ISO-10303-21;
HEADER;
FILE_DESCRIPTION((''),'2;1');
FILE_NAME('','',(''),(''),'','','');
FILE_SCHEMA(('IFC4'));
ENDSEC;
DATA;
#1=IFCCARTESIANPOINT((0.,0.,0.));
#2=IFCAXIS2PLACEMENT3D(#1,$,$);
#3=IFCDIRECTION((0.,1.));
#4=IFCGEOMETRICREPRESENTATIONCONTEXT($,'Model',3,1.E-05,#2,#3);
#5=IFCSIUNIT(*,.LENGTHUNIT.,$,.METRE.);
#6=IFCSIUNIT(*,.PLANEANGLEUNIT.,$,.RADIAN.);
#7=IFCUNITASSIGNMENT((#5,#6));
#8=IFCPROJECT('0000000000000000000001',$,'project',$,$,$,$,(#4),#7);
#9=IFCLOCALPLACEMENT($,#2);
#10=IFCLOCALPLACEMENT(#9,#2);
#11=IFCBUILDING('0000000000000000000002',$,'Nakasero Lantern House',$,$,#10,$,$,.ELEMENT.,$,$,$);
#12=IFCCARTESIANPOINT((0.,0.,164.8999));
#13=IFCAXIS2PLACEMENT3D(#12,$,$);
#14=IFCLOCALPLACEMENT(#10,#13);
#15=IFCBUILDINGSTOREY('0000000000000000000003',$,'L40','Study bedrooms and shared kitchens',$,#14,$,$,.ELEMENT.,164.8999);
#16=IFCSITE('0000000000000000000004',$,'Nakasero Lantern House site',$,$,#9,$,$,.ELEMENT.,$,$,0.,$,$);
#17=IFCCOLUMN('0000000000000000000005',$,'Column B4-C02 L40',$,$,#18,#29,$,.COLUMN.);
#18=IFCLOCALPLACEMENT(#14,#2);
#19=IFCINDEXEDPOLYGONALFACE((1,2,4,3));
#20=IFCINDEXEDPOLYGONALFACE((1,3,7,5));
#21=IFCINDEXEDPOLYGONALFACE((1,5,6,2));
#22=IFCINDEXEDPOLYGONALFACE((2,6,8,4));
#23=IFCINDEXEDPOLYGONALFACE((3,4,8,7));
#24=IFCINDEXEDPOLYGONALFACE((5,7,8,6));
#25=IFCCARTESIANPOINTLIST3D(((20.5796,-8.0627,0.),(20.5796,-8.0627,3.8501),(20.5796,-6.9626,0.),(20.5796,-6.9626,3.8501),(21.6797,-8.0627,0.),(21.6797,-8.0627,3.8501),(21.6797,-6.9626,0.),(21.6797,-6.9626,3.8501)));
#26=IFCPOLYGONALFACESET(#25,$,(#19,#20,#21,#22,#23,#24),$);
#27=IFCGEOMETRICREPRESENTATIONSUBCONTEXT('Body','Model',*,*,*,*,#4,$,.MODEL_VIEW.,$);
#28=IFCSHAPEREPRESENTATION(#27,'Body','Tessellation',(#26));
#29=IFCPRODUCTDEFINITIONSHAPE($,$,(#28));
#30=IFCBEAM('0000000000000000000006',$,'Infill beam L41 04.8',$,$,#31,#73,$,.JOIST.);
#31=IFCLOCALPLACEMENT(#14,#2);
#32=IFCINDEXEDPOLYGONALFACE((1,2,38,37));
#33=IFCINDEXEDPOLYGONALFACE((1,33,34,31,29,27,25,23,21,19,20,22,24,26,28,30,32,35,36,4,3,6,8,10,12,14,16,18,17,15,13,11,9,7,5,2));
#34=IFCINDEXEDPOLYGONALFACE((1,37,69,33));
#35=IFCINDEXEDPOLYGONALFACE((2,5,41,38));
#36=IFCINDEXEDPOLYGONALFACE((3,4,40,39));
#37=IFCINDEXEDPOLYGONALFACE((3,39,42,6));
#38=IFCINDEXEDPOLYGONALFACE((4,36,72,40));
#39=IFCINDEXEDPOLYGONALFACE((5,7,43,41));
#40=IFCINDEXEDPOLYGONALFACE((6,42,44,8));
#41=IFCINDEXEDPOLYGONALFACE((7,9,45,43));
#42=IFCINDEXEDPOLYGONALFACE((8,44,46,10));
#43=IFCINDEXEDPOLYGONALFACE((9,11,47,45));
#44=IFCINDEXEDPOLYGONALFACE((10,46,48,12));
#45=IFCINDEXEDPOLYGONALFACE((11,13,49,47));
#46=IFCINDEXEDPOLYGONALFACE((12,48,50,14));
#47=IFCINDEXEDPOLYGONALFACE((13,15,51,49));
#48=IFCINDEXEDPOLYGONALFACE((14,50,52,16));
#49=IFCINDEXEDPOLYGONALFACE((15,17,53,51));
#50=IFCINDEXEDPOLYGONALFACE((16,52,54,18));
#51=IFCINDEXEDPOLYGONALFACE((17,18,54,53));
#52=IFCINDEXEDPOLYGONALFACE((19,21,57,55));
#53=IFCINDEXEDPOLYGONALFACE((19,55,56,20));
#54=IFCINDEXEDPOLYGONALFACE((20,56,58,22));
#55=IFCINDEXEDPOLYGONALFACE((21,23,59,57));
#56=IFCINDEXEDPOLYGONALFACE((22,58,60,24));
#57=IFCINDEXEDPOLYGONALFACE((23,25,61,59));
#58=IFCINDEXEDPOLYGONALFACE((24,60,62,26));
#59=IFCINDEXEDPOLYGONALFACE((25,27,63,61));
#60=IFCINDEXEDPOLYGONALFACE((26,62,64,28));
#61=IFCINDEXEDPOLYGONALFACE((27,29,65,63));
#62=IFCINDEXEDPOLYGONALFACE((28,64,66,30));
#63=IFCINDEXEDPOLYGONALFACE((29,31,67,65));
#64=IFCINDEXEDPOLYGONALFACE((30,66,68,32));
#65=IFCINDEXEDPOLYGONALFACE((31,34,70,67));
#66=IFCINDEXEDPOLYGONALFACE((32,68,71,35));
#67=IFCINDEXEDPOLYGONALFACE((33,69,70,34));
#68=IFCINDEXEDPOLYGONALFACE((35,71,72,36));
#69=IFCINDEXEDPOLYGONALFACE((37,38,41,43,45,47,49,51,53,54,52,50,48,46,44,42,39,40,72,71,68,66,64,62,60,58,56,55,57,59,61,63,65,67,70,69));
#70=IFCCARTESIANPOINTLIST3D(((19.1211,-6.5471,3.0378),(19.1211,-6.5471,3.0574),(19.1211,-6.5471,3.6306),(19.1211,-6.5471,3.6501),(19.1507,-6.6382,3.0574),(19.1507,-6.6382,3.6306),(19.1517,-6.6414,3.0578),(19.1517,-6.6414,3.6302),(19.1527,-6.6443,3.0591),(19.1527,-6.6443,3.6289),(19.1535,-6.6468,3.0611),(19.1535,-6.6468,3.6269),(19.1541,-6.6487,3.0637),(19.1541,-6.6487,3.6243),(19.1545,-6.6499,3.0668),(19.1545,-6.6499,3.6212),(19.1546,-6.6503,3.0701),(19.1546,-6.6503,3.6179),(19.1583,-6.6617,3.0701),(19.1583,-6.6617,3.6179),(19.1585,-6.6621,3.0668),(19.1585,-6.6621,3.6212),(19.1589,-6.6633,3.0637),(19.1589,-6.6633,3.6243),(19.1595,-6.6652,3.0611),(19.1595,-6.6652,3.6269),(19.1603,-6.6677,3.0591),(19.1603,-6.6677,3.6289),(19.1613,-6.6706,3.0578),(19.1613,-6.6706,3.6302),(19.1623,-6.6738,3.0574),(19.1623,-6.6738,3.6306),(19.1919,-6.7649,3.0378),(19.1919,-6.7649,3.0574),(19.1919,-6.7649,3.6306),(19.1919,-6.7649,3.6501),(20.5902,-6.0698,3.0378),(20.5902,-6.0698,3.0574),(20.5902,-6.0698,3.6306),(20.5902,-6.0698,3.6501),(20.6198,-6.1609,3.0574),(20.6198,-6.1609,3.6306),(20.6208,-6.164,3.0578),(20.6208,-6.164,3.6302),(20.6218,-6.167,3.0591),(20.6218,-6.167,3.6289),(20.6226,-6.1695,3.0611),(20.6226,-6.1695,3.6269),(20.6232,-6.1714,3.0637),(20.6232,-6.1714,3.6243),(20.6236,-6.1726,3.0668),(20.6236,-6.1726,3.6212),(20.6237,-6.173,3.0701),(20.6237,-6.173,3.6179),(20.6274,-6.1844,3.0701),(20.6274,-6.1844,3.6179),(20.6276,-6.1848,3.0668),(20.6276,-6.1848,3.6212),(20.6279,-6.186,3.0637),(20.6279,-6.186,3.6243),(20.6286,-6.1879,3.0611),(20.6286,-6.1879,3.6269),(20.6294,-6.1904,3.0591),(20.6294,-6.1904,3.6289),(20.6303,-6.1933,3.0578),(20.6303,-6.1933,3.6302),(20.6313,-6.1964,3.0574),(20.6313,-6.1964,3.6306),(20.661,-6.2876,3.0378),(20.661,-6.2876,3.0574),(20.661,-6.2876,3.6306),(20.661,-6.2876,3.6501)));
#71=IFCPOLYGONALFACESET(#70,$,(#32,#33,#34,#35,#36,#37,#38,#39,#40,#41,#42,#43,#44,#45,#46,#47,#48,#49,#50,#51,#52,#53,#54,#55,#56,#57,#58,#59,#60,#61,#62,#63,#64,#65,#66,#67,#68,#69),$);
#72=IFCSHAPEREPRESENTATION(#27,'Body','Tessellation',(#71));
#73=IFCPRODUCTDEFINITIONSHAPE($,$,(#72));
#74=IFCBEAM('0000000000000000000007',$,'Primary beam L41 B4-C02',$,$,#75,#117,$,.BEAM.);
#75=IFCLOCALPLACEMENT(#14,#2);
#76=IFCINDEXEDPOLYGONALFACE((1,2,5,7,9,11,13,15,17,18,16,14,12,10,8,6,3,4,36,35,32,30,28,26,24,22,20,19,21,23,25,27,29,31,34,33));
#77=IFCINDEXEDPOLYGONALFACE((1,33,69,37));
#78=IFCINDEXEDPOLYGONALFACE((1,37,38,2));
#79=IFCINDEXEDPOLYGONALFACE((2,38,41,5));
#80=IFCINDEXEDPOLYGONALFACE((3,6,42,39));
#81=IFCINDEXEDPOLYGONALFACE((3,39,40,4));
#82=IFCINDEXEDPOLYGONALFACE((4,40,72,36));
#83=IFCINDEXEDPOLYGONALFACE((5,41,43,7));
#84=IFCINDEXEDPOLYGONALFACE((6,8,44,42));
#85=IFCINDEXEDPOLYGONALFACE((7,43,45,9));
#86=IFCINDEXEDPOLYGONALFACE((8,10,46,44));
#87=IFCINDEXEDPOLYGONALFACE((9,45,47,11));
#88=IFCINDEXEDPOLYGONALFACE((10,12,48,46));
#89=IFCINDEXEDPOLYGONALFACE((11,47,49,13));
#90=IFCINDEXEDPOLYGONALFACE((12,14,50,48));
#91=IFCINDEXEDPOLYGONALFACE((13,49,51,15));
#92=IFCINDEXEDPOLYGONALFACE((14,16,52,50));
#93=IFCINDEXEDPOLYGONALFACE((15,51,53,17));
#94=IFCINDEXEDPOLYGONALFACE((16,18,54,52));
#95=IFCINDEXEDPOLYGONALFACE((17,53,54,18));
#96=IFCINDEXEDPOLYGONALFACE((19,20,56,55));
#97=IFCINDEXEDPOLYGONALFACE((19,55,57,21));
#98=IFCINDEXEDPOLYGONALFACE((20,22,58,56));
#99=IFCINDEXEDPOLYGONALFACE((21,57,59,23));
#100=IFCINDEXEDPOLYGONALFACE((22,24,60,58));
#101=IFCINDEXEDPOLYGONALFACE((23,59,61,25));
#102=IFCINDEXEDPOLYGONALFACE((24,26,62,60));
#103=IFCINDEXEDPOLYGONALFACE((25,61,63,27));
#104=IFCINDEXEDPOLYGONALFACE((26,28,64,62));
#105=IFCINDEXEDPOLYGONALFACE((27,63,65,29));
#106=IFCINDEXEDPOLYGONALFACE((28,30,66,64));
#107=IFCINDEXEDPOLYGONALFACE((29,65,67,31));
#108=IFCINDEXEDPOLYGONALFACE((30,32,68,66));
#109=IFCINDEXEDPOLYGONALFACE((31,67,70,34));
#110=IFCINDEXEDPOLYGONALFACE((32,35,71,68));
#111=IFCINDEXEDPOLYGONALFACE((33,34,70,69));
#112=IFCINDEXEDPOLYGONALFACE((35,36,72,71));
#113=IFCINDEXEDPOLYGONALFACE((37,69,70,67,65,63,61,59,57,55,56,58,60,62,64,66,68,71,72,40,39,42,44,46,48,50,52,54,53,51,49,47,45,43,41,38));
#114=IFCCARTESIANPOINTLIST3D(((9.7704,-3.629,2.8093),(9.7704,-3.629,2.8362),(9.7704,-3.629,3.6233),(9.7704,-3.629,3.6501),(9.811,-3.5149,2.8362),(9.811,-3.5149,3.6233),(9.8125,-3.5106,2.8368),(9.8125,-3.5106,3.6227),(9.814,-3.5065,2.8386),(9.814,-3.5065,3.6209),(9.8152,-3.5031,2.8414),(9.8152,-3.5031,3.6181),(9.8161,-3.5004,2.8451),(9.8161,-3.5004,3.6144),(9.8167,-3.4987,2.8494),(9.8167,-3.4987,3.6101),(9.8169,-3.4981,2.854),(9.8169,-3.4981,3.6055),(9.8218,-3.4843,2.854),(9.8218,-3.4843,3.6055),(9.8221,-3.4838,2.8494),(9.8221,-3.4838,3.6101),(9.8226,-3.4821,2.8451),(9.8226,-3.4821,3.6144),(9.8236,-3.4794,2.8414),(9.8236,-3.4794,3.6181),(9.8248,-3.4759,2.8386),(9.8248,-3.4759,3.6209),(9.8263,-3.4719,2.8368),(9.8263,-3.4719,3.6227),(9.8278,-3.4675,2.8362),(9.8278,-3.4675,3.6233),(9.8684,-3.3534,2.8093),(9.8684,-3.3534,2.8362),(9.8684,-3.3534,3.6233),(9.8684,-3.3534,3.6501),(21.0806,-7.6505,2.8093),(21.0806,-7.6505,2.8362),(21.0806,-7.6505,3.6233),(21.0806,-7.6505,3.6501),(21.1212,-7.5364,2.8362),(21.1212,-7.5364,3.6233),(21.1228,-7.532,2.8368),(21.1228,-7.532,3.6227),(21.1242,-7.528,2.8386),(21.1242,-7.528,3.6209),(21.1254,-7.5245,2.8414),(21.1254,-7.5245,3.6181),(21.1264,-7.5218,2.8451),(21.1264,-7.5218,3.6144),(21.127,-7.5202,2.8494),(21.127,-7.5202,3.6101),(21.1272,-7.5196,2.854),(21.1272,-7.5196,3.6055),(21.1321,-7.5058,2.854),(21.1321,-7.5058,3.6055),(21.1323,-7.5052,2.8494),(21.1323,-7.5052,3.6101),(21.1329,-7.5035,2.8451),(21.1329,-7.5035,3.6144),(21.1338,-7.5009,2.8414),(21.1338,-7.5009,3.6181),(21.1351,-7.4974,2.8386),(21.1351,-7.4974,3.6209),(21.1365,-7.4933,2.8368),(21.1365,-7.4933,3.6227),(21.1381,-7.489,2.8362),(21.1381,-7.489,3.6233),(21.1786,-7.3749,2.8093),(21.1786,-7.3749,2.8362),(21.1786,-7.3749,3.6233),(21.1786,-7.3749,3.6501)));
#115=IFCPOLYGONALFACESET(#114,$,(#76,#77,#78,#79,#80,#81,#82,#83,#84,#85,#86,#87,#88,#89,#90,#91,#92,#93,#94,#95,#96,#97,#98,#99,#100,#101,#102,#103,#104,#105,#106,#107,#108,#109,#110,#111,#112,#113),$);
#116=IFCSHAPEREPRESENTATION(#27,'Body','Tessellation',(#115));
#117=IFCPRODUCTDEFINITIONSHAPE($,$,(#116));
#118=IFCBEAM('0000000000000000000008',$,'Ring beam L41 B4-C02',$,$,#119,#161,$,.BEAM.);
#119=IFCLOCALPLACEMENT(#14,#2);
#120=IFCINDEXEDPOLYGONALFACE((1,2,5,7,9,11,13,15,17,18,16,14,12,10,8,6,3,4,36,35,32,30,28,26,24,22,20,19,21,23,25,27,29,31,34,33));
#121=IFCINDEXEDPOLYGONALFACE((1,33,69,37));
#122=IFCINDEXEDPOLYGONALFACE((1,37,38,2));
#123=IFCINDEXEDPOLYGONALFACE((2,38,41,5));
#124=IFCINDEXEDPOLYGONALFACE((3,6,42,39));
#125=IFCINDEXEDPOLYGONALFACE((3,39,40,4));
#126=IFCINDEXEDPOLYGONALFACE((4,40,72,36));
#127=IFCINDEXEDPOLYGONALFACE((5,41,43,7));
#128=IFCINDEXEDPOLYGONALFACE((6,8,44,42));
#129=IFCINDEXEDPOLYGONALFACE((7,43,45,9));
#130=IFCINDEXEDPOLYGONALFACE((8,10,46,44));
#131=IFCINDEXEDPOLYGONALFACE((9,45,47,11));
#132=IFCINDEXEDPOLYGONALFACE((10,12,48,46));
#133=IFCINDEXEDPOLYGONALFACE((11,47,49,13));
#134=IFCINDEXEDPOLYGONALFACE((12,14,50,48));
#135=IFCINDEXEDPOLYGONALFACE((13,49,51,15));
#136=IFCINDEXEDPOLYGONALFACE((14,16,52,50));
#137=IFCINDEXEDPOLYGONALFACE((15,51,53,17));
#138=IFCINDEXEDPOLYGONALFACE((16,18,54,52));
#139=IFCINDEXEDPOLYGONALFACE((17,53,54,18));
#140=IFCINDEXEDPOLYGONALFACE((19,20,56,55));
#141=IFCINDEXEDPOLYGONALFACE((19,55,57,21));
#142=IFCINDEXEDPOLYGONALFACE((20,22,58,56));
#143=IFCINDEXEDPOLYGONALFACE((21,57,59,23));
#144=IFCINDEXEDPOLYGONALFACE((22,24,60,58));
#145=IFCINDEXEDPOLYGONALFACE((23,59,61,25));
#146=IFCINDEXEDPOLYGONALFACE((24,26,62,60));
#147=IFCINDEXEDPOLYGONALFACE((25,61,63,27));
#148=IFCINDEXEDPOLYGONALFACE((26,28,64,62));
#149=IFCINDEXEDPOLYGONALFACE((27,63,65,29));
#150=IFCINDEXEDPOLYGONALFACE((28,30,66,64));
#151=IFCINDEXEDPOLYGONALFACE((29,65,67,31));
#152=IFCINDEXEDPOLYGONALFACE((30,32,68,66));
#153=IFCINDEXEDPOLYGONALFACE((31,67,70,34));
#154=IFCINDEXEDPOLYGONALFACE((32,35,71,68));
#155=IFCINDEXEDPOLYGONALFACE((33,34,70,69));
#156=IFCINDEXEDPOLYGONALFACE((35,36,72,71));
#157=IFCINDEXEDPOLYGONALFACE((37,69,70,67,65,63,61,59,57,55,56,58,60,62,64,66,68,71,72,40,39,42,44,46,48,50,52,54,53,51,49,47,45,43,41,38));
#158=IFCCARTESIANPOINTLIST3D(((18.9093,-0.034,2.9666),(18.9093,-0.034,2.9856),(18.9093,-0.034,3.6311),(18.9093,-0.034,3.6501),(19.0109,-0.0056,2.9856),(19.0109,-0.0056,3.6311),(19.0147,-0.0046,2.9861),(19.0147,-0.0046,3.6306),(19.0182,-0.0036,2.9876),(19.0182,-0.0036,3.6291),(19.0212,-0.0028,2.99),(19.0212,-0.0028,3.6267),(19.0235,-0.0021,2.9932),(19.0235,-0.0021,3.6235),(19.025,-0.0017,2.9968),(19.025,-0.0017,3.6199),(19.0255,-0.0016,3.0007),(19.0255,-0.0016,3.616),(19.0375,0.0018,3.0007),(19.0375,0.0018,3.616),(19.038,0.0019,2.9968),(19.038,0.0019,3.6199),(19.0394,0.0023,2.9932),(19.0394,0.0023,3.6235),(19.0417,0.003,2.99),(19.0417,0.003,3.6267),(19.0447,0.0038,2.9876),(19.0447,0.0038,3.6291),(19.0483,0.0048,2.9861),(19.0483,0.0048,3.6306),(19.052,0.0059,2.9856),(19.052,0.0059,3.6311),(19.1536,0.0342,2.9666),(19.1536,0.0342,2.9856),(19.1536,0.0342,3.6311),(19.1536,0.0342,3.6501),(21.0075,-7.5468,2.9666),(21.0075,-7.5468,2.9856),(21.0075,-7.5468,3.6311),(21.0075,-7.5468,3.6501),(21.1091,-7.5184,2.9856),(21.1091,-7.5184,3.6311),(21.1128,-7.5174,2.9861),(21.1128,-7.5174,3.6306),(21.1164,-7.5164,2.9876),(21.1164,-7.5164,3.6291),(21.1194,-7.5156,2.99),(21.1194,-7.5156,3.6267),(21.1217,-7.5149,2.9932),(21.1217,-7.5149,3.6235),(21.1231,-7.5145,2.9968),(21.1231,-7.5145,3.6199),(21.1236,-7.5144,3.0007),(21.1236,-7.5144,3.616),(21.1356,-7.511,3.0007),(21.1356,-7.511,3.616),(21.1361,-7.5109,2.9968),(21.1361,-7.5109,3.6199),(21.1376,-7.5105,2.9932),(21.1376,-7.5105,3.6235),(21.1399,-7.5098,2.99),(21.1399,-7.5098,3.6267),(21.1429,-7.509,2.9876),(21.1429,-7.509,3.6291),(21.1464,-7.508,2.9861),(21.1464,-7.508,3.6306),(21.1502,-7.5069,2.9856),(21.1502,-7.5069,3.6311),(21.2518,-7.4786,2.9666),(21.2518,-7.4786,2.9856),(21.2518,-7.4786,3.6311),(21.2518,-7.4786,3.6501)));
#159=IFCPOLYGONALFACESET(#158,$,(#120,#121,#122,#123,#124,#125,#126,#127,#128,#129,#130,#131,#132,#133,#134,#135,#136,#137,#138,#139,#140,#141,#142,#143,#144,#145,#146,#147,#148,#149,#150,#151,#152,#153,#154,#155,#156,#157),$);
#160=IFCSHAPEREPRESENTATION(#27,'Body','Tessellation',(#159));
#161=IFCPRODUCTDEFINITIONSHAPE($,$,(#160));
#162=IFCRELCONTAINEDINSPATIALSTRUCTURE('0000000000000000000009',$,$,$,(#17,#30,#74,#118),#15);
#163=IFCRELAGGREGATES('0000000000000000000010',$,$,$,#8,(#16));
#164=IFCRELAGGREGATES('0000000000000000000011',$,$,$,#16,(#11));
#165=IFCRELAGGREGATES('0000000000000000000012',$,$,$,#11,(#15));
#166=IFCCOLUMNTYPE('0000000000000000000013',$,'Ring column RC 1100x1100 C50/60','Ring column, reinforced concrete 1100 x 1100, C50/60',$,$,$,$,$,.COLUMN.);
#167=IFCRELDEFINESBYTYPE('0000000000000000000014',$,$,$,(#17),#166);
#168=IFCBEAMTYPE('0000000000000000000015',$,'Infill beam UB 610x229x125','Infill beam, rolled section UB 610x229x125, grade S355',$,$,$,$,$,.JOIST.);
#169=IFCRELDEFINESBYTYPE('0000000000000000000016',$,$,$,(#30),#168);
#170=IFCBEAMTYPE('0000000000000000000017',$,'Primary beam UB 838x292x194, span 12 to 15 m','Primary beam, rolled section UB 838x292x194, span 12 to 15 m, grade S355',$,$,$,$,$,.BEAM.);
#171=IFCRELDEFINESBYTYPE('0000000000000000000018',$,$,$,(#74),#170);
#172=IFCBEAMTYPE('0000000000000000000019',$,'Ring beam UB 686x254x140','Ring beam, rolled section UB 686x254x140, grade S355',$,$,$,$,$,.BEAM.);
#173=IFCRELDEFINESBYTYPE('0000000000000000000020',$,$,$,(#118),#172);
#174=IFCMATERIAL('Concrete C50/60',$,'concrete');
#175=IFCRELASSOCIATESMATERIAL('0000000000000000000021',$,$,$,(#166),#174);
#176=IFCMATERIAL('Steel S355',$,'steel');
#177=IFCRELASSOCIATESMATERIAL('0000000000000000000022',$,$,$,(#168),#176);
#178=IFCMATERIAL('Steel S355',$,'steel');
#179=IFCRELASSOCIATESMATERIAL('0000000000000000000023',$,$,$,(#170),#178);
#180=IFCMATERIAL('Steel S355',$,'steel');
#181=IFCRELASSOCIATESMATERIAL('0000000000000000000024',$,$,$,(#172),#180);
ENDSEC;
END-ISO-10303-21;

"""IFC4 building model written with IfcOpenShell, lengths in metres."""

from ifc_helpers import new_model, si_unit, direction, frame, origin, origin_2d, place, context, subcontext, project, spatial, rectangle, i_section, extrude, material, material_profile, profile_set, type_object, element, save


model = new_model("IFC4")

# Units and contexts
model_context = context("Model", 3, precision=1e-05, world=origin(), true_north=direction((0.0, 1.0)))
body_context = subcontext(model_context, "Body", "Model", "MODEL_VIEW")
ifc_project = project(units=[si_unit("LENGTHUNIT", "METRE"), si_unit("PLANEANGLEUNIT", "RADIAN")], contexts=[model_context])

# Site, building, storey
site_placement = place(None, origin())
site = spatial("IfcSite", under=ifc_project, at=site_placement, Name="Nakasero Lantern House site", CompositionType="ELEMENT", RefElevation=0.0)
building_placement = place(site_placement, origin())
building = spatial("IfcBuilding", under=site, at=building_placement, Name="Nakasero Lantern House", CompositionType="ELEMENT")
storey_placement = place(building_placement, frame((0.0, 0.0, 164.8999)))
storey = spatial("IfcBuildingStorey", under=building, at=storey_placement, Name="L40", Description="Study bedrooms and shared kitchens", CompositionType="ELEMENT", Elevation=164.8999)

# Column
ifc_material_1 = material(Name="Concrete C50/60", Category="concrete")
ifc_material_profile_1 = material_profile(ifc_material_1, rectangle(XDim=1.1001, YDim=1.1001, at=origin_2d()), Name="RC 1100x1100")
ifc_profile_set_1 = profile_set([ifc_material_profile_1], Name="Concrete C50/60")
column_type = type_object("IfcColumnType", Name="Ring column RC 1100x1100 C50/60", Description="Ring column, reinforced concrete 1100 x 1100, C50/60", PredefinedType="COLUMN", material=ifc_profile_set_1)
column_placement = place(storey_placement, frame((21.1296, -7.5127, 0.0), z_axis=(0.0, 0.0, 1.0), x_axis=(1.0, 0.0, 0.0)))
element("IfcColumn", 1, at=column_placement, inside=storey, type_object=column_type, Name="Column B4-C02 L40", PredefinedType="COLUMN", context=body_context, shape_type="SweptSolid", body=[
    extrude(rectangle(XDim=1.1001, YDim=1.1001, at=origin_2d()), origin(), (0.0, 0.0, 1.0), 3.8501),
])

# Beams
ifc_material_2 = material(Name="Steel S355", Category="steel")
ifc_material_profile_2 = material_profile(ifc_material_2, i_section(OverallWidth=0.229, OverallDepth=0.6123, WebThickness=0.012, FlangeThickness=0.0195, FilletRadius=0.0127, at=origin_2d()), Name="UB 610x229x125")
ifc_profile_set_2 = profile_set([ifc_material_profile_2], Name="Steel S355")
beam_type_1 = type_object("IfcBeamType", Name="Infill beam UB 610x229x125", Description="Infill beam, rolled section UB 610x229x125, grade S355", PredefinedType="JOIST", material=ifc_profile_set_2)
beam_1_placement = place(storey_placement, frame((19.1565, -6.656, 3.344), z_axis=(0.951058, 0.309011, 0.0), x_axis=(-0.309011, 0.951058, 0.0)))
element("IfcBeam", 2, at=beam_1_placement, inside=storey, type_object=beam_type_1, Name="Infill beam L41 04.8", PredefinedType="JOIST", context=body_context, shape_type="SweptSolid", body=[
    extrude(i_section(OverallWidth=0.229, OverallDepth=0.6123, WebThickness=0.012, FlangeThickness=0.0195, FilletRadius=0.0127, at=origin_2d()), origin(), (0.0, 0.0, 1.0), 1.5447),
])
ifc_material_3 = material(Name="Steel S355", Category="steel")
ifc_material_profile_3 = material_profile(ifc_material_3, i_section(OverallWidth=0.2925, OverallDepth=0.8408, WebThickness=0.0146, FlangeThickness=0.0269, FilletRadius=0.0178, at=origin_2d()), Name="UB 838x292x194")
ifc_profile_set_3 = profile_set([ifc_material_profile_3], Name="Steel S355")
beam_type_2 = type_object("IfcBeamType", Name="Primary beam UB 838x292x194, span 12 to 15 m", Description="Primary beam, rolled section UB 838x292x194, span 12 to 15 m, grade S355", PredefinedType="BEAM", material=ifc_profile_set_3)
beam_2_placement = place(storey_placement, frame((21.1296, -7.5127, 3.2297), z_axis=(-0.942214, 0.335013, 0.0), x_axis=(-0.335013, -0.942214, 0.0)))
element("IfcBeam", 3, at=beam_2_placement, inside=storey, type_object=beam_type_2, Name="Primary beam L41 B4-C02", PredefinedType="BEAM", context=body_context, shape_type="SweptSolid", body=[
    extrude(i_section(OverallWidth=0.2925, OverallDepth=0.8408, WebThickness=0.0146, FlangeThickness=0.0269, FilletRadius=0.0178, at=origin_2d()), origin(), (0.0, 0.0, 1.0), 12.0039),
])
ifc_material_4 = material(Name="Steel S355", Category="steel")
ifc_material_profile_4 = material_profile(ifc_material_4, i_section(OverallWidth=0.2537, OverallDepth=0.6836, WebThickness=0.0125, FlangeThickness=0.019, FilletRadius=0.0151, at=origin_2d()), Name="UB 686x254x140")
ifc_profile_set_4 = profile_set([ifc_material_profile_4], Name="Steel S355")
beam_type_3 = type_object("IfcBeamType", Name="Ring beam UB 686x254x140", Description="Ring beam, rolled section UB 686x254x140, grade S355", PredefinedType="BEAM", material=ifc_profile_set_4)
beam_3_placement = place(storey_placement, frame((21.1296, -7.5127, 3.3083), z_axis=(-0.268987, 0.963144, 0.0), x_axis=(-0.963144, -0.268987, 0.0)))
element("IfcBeam", 4, at=beam_3_placement, inside=storey, type_object=beam_type_3, Name="Ring beam L41 B4-C02", PredefinedType="BEAM", context=body_context, shape_type="SweptSolid", body=[
    extrude(i_section(OverallWidth=0.2537, OverallDepth=0.6836, WebThickness=0.0125, FlangeThickness=0.019, FilletRadius=0.0151, at=origin_2d()), origin(), (0.0, 0.0, 1.0), 7.8003),
])

save(model, "model.ifc")
